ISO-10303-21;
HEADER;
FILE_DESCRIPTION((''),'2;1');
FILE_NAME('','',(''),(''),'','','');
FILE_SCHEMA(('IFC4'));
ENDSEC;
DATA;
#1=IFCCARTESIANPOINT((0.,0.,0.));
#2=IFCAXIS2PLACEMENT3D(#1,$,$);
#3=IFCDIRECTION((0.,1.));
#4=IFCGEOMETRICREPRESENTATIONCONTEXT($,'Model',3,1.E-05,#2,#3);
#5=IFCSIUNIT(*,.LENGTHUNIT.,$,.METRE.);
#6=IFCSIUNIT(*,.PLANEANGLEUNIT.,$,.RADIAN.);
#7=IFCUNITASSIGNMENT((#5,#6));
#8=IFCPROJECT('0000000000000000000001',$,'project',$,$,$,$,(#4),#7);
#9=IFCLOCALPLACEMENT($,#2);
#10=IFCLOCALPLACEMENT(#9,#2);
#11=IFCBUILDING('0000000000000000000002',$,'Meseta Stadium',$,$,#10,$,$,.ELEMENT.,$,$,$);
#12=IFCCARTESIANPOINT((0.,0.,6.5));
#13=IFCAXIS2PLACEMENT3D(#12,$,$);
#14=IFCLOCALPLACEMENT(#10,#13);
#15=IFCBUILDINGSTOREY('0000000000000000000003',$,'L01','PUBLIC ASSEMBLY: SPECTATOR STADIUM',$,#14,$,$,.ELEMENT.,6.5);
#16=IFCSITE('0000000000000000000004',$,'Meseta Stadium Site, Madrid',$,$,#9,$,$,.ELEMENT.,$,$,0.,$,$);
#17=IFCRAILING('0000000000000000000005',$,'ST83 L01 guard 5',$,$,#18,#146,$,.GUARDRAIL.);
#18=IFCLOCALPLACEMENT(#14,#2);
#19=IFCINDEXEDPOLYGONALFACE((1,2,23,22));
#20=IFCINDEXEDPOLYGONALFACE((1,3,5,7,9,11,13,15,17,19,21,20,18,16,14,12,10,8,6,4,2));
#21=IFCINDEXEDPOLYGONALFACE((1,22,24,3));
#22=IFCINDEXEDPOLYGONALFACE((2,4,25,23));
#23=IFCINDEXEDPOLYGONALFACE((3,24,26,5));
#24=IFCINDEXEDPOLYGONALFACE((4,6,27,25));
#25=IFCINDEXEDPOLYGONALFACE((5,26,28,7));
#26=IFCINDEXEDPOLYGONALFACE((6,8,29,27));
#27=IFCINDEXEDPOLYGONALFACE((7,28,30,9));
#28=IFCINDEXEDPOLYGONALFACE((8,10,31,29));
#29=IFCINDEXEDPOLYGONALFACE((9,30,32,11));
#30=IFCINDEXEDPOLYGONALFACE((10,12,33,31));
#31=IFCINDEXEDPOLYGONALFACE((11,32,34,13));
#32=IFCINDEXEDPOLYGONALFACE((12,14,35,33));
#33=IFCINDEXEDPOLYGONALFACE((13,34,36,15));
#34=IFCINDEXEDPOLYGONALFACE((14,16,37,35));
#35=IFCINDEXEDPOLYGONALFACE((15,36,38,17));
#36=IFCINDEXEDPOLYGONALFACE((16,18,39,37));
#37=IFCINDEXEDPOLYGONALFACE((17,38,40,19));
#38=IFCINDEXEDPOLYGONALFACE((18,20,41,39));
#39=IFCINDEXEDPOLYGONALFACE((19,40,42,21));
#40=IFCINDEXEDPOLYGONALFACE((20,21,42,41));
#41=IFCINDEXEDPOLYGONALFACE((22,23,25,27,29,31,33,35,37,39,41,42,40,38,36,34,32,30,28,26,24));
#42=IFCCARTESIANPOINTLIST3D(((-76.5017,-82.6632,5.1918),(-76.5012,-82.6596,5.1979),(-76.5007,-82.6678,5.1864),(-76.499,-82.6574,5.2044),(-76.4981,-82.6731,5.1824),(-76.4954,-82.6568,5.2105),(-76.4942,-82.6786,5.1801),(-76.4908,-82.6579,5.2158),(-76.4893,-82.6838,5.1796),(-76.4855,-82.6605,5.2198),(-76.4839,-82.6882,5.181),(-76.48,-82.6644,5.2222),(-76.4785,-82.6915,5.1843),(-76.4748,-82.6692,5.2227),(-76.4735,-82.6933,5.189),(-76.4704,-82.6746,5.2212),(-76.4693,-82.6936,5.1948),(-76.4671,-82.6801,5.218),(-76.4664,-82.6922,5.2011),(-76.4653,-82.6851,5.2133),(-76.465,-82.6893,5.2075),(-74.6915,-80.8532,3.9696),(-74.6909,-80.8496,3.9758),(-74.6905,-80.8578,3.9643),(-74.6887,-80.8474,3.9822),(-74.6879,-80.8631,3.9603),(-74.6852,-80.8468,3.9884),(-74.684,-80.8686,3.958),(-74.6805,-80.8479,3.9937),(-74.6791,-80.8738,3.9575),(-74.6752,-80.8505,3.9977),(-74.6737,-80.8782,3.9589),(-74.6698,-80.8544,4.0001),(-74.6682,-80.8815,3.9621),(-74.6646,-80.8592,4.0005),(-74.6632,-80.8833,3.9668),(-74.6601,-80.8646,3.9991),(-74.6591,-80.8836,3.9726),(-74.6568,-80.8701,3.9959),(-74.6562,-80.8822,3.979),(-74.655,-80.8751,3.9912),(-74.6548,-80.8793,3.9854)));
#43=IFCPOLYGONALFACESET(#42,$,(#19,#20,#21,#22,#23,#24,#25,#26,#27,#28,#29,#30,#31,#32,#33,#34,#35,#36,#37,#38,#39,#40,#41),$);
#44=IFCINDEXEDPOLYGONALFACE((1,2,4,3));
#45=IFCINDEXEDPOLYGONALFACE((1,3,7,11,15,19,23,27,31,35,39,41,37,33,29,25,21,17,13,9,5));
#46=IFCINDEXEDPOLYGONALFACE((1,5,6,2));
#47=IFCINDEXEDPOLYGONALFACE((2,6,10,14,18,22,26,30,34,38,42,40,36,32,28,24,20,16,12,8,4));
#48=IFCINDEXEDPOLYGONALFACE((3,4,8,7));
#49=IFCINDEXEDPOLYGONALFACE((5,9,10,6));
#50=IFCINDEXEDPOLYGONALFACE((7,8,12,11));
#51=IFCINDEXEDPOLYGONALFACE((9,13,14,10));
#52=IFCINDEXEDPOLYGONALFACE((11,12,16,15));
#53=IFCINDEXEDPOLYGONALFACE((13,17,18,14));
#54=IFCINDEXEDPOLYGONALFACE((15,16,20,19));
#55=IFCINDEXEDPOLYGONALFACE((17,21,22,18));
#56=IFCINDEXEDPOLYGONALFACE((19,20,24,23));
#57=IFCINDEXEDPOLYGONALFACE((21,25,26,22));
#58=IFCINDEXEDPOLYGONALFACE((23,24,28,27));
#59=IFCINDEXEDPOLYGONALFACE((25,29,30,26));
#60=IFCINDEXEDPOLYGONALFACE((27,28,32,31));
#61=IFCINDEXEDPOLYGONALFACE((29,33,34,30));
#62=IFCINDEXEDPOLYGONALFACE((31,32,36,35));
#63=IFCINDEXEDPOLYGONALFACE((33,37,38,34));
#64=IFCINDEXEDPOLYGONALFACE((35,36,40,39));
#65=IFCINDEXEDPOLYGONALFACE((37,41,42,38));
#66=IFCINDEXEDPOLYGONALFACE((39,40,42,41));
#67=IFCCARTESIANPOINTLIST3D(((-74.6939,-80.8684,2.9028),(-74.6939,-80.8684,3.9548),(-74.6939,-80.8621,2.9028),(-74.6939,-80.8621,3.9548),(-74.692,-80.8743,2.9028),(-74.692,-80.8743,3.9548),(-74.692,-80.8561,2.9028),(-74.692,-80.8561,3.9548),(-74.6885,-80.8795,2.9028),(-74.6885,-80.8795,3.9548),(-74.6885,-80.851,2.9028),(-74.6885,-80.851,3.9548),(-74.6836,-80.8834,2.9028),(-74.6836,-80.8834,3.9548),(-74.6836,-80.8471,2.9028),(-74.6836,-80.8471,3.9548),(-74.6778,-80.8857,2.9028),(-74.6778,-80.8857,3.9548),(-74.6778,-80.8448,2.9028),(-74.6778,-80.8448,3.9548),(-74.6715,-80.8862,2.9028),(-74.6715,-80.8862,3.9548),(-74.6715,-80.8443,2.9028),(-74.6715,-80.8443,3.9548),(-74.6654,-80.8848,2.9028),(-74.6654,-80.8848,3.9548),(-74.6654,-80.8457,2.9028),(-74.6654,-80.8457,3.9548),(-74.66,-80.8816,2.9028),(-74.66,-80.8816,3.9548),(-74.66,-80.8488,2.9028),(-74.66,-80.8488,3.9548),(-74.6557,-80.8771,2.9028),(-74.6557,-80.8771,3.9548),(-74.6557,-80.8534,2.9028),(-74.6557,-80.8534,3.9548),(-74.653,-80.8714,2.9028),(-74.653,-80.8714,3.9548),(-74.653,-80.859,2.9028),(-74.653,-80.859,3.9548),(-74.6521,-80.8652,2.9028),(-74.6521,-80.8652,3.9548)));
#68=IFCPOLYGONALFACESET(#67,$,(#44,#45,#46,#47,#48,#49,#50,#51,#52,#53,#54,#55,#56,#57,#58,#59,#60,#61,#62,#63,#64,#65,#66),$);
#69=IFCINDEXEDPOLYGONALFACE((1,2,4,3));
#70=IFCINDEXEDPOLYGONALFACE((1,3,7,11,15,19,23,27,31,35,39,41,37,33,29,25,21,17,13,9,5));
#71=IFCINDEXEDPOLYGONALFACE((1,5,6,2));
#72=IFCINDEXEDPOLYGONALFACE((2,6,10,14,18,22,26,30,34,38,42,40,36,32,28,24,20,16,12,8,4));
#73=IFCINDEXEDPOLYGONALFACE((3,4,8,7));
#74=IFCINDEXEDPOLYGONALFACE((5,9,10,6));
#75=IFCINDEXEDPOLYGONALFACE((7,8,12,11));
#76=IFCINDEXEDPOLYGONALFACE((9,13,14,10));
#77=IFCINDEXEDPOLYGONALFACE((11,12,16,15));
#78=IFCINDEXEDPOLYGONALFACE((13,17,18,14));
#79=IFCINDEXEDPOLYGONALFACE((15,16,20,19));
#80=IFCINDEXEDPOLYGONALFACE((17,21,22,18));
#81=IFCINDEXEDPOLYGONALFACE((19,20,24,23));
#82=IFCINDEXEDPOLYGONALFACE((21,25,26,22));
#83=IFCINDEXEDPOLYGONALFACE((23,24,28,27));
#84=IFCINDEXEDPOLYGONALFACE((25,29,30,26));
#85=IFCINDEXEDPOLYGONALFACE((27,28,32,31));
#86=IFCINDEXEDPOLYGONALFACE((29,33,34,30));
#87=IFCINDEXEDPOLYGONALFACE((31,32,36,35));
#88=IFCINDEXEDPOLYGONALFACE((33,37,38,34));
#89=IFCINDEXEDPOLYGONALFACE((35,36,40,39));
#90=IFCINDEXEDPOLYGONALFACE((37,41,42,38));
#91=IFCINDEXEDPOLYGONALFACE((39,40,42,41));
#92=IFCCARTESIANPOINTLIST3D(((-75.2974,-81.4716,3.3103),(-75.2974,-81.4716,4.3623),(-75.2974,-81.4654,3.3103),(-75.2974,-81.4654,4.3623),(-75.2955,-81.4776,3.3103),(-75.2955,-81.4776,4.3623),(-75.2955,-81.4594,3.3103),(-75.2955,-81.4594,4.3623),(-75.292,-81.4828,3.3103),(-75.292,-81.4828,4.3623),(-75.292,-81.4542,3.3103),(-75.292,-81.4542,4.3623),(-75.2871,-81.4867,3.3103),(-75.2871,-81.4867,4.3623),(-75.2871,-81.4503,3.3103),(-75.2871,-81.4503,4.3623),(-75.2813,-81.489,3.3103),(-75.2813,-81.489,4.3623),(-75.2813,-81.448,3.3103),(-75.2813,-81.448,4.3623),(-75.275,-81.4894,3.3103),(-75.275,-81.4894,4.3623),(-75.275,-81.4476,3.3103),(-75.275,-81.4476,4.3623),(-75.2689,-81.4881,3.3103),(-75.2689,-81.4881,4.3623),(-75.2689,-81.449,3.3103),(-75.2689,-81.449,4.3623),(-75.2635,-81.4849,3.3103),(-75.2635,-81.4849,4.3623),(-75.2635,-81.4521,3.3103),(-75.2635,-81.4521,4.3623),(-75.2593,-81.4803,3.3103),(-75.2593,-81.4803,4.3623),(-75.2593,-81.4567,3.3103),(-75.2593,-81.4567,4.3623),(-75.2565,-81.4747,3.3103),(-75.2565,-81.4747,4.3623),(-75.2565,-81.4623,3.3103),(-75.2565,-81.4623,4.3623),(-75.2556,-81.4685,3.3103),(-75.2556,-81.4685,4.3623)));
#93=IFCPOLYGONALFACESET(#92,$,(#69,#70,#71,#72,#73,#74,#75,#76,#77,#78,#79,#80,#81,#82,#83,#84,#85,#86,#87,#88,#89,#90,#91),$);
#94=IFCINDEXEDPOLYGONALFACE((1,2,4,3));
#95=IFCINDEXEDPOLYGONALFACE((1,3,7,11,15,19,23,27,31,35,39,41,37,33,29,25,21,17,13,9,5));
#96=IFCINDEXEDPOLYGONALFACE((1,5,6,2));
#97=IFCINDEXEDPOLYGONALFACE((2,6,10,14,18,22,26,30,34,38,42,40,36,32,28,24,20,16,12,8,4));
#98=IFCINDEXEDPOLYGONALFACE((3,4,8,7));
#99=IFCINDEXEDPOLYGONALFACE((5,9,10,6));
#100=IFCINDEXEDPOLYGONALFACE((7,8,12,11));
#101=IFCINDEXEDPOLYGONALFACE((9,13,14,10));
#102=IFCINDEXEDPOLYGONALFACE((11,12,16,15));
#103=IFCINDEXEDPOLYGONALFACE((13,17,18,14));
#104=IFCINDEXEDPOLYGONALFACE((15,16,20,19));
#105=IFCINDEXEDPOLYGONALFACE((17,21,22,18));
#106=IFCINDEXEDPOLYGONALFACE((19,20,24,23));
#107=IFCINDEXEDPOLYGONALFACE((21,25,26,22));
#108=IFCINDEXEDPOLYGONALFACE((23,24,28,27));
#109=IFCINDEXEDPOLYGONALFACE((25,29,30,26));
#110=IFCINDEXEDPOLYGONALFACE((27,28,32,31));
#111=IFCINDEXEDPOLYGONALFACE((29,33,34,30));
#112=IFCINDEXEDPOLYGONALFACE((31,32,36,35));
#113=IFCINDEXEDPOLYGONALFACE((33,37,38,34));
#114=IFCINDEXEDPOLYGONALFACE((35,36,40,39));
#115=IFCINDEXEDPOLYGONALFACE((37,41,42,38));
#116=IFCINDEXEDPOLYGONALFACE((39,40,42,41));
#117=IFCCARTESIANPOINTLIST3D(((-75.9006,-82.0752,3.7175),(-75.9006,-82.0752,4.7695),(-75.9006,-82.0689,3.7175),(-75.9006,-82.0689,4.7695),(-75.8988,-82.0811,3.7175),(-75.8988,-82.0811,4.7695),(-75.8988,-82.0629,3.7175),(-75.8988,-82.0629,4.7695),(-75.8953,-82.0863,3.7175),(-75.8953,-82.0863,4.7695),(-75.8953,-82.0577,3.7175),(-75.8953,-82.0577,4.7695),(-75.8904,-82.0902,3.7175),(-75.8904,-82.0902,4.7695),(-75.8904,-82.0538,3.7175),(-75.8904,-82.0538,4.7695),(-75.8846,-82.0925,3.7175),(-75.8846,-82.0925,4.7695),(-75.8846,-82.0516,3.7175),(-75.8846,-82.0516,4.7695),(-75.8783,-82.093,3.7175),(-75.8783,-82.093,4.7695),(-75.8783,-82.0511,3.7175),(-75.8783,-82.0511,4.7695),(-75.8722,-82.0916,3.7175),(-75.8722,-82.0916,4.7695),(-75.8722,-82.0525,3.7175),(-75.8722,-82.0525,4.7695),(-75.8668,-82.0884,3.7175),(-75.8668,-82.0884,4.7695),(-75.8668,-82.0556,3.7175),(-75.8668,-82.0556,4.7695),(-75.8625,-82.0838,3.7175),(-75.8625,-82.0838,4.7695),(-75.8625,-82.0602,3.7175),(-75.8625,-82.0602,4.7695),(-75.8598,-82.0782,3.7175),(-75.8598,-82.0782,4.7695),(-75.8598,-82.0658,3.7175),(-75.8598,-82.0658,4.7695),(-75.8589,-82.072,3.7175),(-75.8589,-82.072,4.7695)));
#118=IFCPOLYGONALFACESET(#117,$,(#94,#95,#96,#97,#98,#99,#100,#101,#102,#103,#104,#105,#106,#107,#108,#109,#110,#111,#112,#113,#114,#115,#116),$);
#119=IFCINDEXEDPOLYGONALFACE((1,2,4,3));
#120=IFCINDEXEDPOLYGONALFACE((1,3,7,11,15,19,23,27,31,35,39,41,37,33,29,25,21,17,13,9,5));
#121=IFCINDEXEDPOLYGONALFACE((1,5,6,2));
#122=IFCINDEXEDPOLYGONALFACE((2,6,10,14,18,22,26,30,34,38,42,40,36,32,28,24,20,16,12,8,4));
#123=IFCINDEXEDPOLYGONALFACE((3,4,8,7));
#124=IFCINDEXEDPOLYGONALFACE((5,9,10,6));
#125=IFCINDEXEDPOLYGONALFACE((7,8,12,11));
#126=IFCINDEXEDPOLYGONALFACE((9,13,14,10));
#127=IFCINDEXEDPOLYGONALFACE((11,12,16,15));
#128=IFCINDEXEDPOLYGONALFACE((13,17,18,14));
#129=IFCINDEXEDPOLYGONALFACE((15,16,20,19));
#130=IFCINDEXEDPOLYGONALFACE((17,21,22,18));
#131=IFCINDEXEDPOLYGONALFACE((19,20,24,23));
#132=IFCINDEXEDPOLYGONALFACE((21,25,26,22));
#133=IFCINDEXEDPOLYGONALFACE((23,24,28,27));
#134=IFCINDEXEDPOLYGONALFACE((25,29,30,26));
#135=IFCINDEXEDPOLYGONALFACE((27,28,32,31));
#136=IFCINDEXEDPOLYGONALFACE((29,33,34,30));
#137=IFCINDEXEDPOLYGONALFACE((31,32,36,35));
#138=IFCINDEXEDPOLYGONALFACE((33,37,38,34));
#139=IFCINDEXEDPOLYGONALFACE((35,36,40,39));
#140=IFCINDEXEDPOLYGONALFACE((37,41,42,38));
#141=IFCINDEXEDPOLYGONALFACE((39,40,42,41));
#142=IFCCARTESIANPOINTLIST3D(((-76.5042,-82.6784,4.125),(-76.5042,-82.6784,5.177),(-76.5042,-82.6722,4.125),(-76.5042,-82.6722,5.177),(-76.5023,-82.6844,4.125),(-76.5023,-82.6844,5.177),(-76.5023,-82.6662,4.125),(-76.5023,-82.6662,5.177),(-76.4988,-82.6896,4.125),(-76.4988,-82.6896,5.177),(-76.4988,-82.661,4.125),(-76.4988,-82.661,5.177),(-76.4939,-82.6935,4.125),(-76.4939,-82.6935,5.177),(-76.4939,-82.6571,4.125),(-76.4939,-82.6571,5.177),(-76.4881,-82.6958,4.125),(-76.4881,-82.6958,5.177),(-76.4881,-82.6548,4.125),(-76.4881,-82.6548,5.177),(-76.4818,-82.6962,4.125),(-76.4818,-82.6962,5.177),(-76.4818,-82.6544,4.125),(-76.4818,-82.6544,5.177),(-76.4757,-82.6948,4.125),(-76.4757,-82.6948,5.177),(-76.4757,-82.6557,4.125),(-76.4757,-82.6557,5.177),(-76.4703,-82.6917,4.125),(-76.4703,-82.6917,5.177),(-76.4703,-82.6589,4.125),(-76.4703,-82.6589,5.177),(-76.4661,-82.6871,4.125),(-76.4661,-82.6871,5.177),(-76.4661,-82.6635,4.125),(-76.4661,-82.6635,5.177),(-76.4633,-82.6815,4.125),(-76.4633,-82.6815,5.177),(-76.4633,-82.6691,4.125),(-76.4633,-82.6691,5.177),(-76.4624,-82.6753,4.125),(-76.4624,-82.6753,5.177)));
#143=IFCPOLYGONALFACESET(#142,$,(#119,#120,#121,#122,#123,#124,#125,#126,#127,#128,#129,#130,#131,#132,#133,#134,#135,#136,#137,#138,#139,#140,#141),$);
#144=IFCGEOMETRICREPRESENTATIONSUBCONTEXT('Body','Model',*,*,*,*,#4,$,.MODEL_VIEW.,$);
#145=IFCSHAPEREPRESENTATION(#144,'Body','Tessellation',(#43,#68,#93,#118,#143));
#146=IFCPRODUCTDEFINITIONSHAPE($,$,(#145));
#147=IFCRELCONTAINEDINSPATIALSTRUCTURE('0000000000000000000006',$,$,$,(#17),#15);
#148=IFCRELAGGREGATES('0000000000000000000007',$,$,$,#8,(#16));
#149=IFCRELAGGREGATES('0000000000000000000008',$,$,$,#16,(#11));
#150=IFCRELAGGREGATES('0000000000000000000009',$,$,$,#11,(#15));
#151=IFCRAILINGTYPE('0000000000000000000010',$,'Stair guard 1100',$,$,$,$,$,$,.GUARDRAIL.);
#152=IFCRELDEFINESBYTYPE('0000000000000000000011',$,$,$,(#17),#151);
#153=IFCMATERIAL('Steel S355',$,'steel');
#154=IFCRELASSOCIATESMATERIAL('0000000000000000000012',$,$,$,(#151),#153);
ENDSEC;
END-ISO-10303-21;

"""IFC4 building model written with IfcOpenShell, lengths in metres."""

from ifc_helpers import new_model, si_unit, direction, frame, origin, origin_2d, place, context, subcontext, project, spatial, circle, extrude, material, type_object, element, save


model = new_model("IFC4")

# Units and contexts
model_context = context("Model", 3, precision=1e-05, world=origin(), true_north=direction((0.0, 1.0)))
body_context = subcontext(model_context, "Body", "Model", "MODEL_VIEW")
ifc_project = project(units=[si_unit("LENGTHUNIT", "METRE"), si_unit("PLANEANGLEUNIT", "RADIAN")], contexts=[model_context])

# Site, building, storey
site_placement = place(None, origin())
site = spatial("IfcSite", under=ifc_project, at=site_placement, Name="Meseta Stadium Site, Madrid", CompositionType="ELEMENT", RefElevation=0.0)
building_placement = place(site_placement, origin())
building = spatial("IfcBuilding", under=site, at=building_placement, Name="Meseta Stadium", CompositionType="ELEMENT")
storey_placement = place(building_placement, frame((0.0, 0.0, 6.5)))
storey = spatial("IfcBuildingStorey", under=building, at=storey_placement, Name="L01", Description="PUBLIC ASSEMBLY: SPECTATOR STADIUM", CompositionType="ELEMENT", Elevation=6.5)

# Railing
ifc_material_1 = material(Name="Steel S355", Category="steel")
railing_type_1 = type_object("IfcRailingType", Name="Stair guard 1100", PredefinedType="GUARDRAIL", material=ifc_material_1)
railing_1_placement = place(storey_placement, frame((-74.6731, -80.8652, 2.9028)))
element("IfcRailing", 1, at=railing_1_placement, inside=storey, type_object=railing_type_1, Name="ST83 L01 guard 5", PredefinedType="GUARDRAIL", context=body_context, shape_type="SweptSolid", body=[
    extrude(circle(Radius=0.0239, at=origin_2d()), frame((0.0, 0.0, 1.0762), z_axis=(-0.638159, -0.638073, 0.430832), x_axis=(0.707059, -0.707154, 0.0)), (0.0, 0.0, 1.0), 2.8367),
    extrude(circle(Radius=0.021, at=origin_2d()), origin(), (0.0, 0.0, 1.0), 1.052),
    extrude(circle(Radius=0.021, at=origin_2d()), frame((-0.6035, -0.6033, 0.4075)), (0.0, 0.0, 1.0), 1.052),
    extrude(circle(Radius=0.021, at=origin_2d()), frame((-1.2068, -1.2068, 0.8147)), (0.0, 0.0, 1.0), 1.052),
    extrude(circle(Radius=0.021, at=origin_2d()), frame((-1.8103, -1.8101, 1.2222)), (0.0, 0.0, 1.0), 1.052),
])

save(model, "model.ifc")
